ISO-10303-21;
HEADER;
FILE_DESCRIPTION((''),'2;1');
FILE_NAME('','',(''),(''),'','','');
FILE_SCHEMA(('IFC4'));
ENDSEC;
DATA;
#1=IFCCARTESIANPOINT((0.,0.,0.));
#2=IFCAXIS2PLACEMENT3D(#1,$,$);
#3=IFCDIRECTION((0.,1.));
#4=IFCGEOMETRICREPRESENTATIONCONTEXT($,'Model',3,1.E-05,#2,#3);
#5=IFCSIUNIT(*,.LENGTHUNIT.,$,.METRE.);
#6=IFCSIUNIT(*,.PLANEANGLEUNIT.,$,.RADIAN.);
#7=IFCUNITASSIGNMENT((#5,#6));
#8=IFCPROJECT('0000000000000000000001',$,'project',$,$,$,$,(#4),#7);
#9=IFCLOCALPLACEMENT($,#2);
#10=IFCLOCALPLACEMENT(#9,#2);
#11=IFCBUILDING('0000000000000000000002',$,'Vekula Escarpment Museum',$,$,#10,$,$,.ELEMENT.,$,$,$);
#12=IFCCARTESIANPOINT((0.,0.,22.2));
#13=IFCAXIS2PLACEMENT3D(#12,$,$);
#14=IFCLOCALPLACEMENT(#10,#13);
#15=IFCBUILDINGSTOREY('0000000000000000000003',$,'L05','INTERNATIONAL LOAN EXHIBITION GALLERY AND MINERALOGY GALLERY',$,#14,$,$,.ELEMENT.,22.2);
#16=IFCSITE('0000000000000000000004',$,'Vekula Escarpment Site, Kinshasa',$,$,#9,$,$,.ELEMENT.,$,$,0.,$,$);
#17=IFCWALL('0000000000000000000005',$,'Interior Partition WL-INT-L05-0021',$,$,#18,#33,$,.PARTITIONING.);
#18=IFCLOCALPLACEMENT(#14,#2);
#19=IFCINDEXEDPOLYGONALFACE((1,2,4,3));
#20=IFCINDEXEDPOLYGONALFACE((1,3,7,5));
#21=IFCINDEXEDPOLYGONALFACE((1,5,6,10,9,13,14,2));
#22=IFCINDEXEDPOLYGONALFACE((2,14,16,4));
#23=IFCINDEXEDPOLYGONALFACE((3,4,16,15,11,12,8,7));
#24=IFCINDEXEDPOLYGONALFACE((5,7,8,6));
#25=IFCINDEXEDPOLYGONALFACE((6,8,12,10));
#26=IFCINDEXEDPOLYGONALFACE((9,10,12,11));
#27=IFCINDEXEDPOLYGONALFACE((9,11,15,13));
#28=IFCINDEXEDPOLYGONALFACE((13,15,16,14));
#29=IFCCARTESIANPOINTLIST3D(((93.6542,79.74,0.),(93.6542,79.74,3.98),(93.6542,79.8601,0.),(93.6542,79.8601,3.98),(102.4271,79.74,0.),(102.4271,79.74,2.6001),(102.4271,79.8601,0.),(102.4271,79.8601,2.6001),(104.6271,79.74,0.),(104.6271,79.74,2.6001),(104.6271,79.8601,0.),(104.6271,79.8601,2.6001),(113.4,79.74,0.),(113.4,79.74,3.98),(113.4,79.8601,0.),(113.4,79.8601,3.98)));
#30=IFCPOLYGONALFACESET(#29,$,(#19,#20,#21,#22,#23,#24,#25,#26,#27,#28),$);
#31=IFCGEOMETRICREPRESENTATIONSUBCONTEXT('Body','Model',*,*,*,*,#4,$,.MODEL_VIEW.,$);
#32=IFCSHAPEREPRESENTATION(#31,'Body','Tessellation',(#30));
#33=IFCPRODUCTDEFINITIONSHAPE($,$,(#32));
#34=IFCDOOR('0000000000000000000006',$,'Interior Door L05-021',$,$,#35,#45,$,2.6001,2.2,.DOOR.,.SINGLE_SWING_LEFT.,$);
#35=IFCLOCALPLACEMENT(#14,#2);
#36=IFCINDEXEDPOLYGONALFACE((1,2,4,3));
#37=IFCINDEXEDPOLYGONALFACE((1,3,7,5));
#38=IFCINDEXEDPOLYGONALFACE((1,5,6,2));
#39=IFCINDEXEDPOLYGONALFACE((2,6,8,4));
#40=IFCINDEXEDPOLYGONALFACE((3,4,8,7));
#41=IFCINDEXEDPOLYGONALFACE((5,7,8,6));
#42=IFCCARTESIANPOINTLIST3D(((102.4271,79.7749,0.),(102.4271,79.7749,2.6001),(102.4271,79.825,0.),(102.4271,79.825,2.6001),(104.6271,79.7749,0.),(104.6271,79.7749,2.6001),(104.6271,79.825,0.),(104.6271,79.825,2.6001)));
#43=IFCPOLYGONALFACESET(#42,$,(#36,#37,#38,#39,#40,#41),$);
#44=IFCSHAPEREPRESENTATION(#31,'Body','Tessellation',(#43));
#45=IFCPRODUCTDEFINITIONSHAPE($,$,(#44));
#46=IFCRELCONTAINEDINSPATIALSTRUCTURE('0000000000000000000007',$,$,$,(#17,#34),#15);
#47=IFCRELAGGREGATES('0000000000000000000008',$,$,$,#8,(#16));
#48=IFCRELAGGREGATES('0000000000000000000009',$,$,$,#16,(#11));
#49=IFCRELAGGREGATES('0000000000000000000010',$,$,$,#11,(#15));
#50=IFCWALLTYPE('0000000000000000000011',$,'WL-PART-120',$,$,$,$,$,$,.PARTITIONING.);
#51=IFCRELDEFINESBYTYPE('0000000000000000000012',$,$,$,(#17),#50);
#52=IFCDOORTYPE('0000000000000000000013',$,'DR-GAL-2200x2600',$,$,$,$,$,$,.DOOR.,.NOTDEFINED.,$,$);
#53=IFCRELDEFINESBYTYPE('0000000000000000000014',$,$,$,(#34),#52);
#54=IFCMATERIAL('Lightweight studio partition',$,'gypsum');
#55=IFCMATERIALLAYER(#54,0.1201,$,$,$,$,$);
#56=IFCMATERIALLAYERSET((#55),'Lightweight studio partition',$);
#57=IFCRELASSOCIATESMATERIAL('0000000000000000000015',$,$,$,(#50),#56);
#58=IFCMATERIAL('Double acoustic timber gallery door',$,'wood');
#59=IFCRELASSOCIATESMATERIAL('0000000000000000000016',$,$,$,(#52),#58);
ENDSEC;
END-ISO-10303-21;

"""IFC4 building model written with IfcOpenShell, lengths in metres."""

from ifc_helpers import new_model, si_unit, direction, frame, frame_2d, origin, place, context, subcontext, project, spatial, rectangle, extrude, material, layer, layer_set, type_object, element, fill, save


model = new_model("IFC4")

# Units and contexts
model_context = context("Model", 3, precision=1e-05, world=origin(), true_north=direction((0.0, 1.0)))
body_context = subcontext(model_context, "Body", "Model", "MODEL_VIEW")
ifc_project = project(units=[si_unit("LENGTHUNIT", "METRE"), si_unit("PLANEANGLEUNIT", "RADIAN")], contexts=[model_context])

# Site, building, storey
site_placement = place(None, origin())
site = spatial("IfcSite", under=ifc_project, at=site_placement, Name="Vekula Escarpment Site, Kinshasa", CompositionType="ELEMENT", RefElevation=0.0)
building_placement = place(site_placement, origin())
building = spatial("IfcBuilding", under=site, at=building_placement, Name="Vekula Escarpment Museum", CompositionType="ELEMENT")
storey_placement = place(building_placement, frame((0.0, 0.0, 22.2)))
storey = spatial("IfcBuildingStorey", under=building, at=storey_placement, Name="L05", Description="INTERNATIONAL LOAN EXHIBITION GALLERY AND MINERALOGY GALLERY", CompositionType="ELEMENT", Elevation=22.2)

# Wall, opening, door
ifc_material_1 = material(Name="Lightweight studio partition", Category="gypsum")
ifc_layer_1 = layer(ifc_material_1, 0.1201)
ifc_layer_set_1 = layer_set([ifc_layer_1], Name="Lightweight studio partition")
wall_type_1 = type_object("IfcWallType", Name="WL-PART-120", PredefinedType="PARTITIONING", material=ifc_layer_set_1)
wall_1_placement = place(storey_placement, frame((93.6541, 79.8, 0.0), z_axis=(0.0, 0.0, 1.0), x_axis=(1.0, 0.0, 0.0)))
wall_1 = element("IfcWall", 1, at=wall_1_placement, inside=storey, type_object=wall_type_1, Name="Interior Partition WL-INT-L05-0021", PredefinedType="PARTITIONING", context=body_context, shape_type="SweptSolid", body=[
    extrude(rectangle(XDim=19.7458, YDim=0.1201, at=frame_2d((9.873, 0.0))), origin(), (0.0, 0.0, 1.0), 3.98),
])
opening_placement = place(wall_1_placement, frame((8.7729, 0.0, 0.0)))
opening = element("IfcOpeningElement", 2, at=opening_placement, cuts=wall_1, PredefinedType="OPENING", context=body_context, shape_type="SweptSolid", body=[
    extrude(rectangle(XDim=2.2, YDim=2.6001, at=frame_2d((1.1001, 1.3))), frame((0.0, 0.0701, 0.0), z_axis=(0.0, -1.0, 0.0), x_axis=(1.0, 0.0, 0.0)), (0.0, 0.0, 1.0), 0.1401),
])
ifc_material_2 = material(Name="Double acoustic timber gallery door", Category="wood")
door_type = type_object("IfcDoorType", Name="DR-GAL-2200x2600", OperationType="NOTDEFINED", PredefinedType="DOOR", material=ifc_material_2)
door_placement = place(opening_placement, origin())
door = element("IfcDoor", 3, at=door_placement, inside=storey, type_object=door_type, Name="Interior Door L05-021", OperationType="SINGLE_SWING_LEFT", OverallHeight=2.6001, OverallWidth=2.2, PredefinedType="DOOR", context=body_context, shape_type="SweptSolid", body=[
    extrude(rectangle(XDim=2.2, YDim=2.6001, at=frame_2d((1.1001, 1.3))), frame((0.0, 0.0249, 0.0), z_axis=(0.0, -1.0, 0.0), x_axis=(1.0, 0.0, 0.0)), (0.0, 0.0, 1.0), 0.05),
])
fill(opening, door)

save(model, "model.ifc")
